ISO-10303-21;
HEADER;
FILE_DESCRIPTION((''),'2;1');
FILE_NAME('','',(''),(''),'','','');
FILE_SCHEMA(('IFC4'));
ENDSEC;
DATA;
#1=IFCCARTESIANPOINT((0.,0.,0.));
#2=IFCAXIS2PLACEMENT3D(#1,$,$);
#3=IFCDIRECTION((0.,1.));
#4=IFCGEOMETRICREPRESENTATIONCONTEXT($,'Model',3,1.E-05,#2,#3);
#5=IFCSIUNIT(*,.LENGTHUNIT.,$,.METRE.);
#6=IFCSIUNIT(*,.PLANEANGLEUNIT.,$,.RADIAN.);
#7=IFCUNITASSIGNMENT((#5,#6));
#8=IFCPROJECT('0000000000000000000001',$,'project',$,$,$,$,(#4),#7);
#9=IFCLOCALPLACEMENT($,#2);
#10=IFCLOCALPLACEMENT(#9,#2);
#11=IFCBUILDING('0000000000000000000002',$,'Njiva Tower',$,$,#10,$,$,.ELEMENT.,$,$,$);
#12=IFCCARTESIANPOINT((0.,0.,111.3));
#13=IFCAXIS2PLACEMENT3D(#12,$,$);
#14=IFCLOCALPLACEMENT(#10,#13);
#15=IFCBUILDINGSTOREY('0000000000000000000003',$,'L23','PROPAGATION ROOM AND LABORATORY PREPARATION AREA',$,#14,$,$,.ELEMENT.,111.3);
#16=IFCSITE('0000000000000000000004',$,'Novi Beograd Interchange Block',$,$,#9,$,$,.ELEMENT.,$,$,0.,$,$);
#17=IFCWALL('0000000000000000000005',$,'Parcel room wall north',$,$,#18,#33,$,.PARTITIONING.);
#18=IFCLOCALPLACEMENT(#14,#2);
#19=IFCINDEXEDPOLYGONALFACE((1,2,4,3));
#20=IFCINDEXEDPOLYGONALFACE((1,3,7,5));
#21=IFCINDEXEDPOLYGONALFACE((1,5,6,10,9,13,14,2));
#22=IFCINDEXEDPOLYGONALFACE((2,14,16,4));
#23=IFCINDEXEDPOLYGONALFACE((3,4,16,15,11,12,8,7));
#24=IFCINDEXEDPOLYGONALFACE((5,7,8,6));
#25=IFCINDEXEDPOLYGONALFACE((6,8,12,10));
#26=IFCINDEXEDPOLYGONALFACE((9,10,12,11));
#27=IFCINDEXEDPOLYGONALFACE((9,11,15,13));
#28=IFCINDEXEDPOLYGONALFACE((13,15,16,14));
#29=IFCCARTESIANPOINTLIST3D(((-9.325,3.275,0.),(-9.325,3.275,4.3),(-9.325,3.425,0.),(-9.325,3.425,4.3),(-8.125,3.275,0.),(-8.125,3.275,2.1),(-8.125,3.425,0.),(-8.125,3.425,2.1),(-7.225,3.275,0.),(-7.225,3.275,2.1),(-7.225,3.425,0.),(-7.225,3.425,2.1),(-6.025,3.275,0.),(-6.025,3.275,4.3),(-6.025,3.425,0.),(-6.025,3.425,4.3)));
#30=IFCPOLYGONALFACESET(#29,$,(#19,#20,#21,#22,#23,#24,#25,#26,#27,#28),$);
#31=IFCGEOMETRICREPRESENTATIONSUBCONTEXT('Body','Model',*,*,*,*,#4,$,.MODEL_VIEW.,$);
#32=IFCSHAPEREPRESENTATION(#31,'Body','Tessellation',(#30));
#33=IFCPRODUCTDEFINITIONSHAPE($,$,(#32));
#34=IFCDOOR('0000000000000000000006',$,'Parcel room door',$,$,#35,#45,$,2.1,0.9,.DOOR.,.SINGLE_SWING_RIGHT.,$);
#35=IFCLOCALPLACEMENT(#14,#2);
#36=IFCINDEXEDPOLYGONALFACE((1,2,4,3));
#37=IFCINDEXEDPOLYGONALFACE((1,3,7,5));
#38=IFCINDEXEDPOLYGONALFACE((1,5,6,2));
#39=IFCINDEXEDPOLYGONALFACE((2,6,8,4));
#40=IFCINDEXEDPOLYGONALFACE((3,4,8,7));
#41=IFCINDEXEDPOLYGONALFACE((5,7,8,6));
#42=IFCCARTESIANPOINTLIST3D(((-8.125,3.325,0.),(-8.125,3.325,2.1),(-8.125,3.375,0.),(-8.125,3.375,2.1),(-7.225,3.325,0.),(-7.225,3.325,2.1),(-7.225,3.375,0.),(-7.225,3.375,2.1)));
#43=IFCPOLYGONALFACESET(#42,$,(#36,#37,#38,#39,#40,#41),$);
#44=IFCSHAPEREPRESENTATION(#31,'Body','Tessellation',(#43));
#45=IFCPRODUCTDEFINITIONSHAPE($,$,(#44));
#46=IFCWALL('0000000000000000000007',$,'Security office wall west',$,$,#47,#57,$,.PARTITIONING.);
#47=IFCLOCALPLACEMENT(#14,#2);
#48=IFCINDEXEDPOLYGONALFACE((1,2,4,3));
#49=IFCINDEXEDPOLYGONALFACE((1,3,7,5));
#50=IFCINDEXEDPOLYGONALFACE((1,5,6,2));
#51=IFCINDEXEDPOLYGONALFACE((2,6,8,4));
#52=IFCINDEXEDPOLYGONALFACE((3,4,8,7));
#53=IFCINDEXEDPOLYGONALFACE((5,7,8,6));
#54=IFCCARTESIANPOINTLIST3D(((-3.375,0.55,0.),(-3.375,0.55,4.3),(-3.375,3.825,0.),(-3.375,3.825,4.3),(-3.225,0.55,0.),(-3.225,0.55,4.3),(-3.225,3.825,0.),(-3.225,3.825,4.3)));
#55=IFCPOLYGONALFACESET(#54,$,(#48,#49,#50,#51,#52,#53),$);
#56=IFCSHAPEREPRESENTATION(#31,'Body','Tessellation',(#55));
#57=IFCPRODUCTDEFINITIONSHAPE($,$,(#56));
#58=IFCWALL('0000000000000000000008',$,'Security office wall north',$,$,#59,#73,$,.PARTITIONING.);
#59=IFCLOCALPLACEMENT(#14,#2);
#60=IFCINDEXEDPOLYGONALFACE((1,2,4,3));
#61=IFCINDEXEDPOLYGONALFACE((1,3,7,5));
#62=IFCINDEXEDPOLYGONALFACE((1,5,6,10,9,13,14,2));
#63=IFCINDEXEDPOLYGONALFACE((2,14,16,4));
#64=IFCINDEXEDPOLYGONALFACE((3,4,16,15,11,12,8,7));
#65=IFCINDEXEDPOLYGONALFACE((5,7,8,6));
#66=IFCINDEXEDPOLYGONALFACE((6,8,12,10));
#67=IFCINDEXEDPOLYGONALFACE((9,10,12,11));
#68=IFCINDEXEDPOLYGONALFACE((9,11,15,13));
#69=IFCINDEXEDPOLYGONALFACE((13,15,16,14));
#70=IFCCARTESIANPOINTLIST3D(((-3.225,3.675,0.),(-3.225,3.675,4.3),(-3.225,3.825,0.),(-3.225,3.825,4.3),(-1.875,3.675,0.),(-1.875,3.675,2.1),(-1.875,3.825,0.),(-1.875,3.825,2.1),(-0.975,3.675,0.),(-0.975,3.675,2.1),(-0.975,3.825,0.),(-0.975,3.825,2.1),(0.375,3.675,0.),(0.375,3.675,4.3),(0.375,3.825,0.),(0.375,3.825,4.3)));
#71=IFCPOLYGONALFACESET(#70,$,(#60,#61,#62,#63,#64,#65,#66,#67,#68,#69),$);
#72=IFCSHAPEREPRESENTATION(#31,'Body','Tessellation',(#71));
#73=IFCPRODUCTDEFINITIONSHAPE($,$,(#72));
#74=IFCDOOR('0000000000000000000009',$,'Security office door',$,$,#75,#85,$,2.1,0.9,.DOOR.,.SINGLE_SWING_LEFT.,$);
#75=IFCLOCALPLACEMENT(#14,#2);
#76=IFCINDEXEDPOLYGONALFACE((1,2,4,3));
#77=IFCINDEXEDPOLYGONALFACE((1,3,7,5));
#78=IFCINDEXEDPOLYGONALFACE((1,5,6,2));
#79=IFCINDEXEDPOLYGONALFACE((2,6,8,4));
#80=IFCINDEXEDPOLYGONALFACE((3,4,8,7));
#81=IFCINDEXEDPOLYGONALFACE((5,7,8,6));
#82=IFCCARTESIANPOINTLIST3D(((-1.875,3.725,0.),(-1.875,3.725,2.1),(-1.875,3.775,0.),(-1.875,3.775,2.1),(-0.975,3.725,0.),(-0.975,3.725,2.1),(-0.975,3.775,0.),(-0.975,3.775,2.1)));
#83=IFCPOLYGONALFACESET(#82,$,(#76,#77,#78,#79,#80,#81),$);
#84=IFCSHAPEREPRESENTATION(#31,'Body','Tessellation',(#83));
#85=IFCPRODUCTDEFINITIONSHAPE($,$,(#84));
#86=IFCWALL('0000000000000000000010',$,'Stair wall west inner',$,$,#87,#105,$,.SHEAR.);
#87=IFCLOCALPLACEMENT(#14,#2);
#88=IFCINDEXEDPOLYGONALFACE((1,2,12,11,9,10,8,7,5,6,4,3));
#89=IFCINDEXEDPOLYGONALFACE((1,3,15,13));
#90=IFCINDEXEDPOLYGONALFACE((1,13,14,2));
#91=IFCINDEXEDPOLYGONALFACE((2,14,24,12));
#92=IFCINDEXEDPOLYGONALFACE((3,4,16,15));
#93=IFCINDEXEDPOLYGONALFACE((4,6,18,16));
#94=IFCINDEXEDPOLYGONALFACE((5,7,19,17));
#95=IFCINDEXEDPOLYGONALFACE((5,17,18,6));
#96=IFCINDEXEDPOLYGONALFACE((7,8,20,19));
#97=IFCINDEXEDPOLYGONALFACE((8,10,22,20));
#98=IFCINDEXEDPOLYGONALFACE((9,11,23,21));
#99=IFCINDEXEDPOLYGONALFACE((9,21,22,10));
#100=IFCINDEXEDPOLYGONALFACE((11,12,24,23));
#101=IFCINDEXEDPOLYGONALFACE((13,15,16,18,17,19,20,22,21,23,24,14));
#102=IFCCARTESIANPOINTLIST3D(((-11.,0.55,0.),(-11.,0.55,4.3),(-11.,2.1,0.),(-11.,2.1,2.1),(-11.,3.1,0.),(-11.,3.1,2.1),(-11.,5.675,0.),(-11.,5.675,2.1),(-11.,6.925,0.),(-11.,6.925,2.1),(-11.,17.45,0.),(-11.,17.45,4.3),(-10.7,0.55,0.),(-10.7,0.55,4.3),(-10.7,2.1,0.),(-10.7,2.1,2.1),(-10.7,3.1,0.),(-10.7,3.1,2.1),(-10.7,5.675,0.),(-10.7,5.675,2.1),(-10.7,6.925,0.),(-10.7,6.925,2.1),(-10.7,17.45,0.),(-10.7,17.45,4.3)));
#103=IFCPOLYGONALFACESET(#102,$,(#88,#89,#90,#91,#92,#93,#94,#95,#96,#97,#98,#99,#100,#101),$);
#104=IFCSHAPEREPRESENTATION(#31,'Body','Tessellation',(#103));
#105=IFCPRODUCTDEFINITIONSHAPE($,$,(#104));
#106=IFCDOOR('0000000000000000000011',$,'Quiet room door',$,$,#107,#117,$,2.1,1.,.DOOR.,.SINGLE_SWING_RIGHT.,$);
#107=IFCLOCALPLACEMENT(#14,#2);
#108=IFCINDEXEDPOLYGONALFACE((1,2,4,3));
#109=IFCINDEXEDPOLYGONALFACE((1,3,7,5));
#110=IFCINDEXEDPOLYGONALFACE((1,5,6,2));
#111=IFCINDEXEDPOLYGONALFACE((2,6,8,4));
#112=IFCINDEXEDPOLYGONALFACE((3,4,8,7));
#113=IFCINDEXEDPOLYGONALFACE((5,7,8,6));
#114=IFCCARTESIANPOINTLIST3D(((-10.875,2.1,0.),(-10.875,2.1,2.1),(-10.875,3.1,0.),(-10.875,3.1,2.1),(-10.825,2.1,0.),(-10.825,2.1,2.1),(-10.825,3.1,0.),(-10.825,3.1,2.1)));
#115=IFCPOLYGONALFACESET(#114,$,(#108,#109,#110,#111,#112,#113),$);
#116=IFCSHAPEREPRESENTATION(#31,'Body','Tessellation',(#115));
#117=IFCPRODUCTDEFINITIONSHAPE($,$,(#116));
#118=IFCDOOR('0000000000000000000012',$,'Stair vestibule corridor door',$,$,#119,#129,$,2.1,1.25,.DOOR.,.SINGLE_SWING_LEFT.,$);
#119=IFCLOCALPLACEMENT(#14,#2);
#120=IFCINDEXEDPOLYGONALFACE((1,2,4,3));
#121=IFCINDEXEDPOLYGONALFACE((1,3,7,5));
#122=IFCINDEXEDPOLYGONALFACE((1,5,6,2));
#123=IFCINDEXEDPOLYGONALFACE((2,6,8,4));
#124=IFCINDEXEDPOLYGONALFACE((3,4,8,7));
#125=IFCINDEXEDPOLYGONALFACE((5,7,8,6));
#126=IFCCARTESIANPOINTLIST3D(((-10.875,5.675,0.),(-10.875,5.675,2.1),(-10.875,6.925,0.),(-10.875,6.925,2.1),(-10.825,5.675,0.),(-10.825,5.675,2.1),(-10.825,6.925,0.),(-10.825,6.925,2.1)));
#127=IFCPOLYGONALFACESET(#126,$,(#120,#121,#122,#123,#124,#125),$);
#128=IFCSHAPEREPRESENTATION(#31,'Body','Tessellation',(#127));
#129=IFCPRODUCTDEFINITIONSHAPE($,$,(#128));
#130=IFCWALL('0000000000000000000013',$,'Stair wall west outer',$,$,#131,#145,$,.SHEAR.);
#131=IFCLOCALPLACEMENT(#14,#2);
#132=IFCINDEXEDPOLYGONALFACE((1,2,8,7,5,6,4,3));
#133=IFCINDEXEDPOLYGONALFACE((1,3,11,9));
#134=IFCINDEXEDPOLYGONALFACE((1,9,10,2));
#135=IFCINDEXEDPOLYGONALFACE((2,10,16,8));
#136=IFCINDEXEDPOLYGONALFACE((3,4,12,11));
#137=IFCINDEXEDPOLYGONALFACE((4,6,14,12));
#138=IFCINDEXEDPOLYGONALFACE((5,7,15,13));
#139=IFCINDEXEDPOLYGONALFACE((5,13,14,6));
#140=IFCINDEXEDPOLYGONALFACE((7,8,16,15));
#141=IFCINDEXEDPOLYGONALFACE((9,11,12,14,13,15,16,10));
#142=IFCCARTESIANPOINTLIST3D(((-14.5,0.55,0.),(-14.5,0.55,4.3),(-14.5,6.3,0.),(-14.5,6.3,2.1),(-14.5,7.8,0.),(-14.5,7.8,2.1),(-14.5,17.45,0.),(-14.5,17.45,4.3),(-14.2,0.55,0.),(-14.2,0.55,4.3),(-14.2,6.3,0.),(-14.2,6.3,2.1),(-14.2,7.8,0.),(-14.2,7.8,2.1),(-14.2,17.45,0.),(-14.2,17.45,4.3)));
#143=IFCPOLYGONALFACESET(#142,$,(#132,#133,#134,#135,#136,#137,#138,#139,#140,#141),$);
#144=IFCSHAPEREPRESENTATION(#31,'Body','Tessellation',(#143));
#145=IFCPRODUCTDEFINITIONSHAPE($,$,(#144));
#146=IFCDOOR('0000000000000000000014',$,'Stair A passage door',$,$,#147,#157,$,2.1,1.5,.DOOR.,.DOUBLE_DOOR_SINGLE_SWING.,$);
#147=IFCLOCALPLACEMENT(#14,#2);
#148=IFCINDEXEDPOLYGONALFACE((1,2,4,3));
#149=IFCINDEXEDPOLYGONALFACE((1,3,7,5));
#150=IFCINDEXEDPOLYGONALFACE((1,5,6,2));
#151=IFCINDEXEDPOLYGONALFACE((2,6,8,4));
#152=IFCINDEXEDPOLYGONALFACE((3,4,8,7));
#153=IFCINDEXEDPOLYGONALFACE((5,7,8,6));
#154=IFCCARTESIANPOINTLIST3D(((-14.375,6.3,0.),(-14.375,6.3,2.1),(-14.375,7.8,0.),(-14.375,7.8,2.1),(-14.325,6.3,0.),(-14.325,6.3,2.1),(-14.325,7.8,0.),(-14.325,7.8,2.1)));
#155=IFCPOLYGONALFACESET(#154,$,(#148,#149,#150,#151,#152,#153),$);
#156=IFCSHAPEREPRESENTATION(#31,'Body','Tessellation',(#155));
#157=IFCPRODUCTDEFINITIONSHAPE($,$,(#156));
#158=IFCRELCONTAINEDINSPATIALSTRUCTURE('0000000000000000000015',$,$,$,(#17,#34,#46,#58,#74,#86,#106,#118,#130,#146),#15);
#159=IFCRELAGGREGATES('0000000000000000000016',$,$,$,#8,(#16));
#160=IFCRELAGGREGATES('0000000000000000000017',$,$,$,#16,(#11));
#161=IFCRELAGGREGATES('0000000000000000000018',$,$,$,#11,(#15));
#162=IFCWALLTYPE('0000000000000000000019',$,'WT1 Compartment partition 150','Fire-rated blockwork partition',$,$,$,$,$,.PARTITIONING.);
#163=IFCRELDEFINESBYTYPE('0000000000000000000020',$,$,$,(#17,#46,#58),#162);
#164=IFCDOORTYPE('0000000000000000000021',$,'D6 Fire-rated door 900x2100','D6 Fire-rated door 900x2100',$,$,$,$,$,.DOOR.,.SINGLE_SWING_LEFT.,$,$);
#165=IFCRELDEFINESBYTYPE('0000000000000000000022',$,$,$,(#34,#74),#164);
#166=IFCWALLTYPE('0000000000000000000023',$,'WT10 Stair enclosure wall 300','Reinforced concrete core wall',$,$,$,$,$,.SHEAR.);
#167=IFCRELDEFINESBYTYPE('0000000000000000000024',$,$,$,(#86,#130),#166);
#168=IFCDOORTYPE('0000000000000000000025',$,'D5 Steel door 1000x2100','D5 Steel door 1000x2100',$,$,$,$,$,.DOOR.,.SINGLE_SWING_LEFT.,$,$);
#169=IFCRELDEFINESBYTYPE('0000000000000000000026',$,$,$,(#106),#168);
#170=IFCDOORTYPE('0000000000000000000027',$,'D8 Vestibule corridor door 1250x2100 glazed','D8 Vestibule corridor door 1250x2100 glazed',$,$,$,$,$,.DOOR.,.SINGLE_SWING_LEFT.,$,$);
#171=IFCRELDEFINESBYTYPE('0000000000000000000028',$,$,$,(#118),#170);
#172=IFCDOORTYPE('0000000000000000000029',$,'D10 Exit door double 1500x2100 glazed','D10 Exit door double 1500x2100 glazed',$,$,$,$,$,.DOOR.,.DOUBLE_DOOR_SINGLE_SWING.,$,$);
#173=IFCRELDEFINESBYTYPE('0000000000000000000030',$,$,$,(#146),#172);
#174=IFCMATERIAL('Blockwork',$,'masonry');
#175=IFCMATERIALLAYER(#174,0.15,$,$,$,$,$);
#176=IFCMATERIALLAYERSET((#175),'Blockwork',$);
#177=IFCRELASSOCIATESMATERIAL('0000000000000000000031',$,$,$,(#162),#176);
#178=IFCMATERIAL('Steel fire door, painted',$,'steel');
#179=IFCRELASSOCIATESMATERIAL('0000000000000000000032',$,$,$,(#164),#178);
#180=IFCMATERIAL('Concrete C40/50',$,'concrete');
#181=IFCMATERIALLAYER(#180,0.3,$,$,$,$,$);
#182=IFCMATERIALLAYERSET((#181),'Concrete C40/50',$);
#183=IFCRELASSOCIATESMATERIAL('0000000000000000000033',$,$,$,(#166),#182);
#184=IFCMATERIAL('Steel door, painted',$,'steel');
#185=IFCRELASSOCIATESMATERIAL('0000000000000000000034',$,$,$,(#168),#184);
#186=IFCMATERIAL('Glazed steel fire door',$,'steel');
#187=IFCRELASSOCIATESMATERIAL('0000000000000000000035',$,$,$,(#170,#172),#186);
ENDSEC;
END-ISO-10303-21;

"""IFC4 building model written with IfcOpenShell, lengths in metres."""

from ifc_helpers import new_model, si_unit, direction, frame, frame_2d, origin, place, context, subcontext, project, spatial, rectangle, extrude, material, layer, layer_set, type_object, element, fill, save


model = new_model("IFC4")

# Units and contexts
model_context = context("Model", 3, precision=1e-05, world=origin(), true_north=direction((0.0, 1.0)))
body_context = subcontext(model_context, "Body", "Model", "MODEL_VIEW")
ifc_project = project(units=[si_unit("LENGTHUNIT", "METRE"), si_unit("PLANEANGLEUNIT", "RADIAN")], contexts=[model_context])

# Site, building, storey
site_placement = place(None, origin())
site = spatial("IfcSite", under=ifc_project, at=site_placement, Name="Novi Beograd Interchange Block", CompositionType="ELEMENT", RefElevation=0.0)
building_placement = place(site_placement, origin())
building = spatial("IfcBuilding", under=site, at=building_placement, Name="Njiva Tower", CompositionType="ELEMENT")
storey_placement = place(building_placement, frame((0.0, 0.0, 111.3)))
storey = spatial("IfcBuildingStorey", under=building, at=storey_placement, Name="L23", Description="PROPAGATION ROOM AND LABORATORY PREPARATION AREA", CompositionType="ELEMENT", Elevation=111.3)

# Shared definitions
ifc_material_1 = material(Name="Blockwork", Category="masonry")
ifc_layer_1 = layer(ifc_material_1, 0.15)
ifc_layer_set_1 = layer_set([ifc_layer_1], Name="Blockwork")
wall_type_1 = type_object("IfcWallType", Name="WT1 Compartment partition 150", Description="Fire-rated blockwork partition", PredefinedType="PARTITIONING", material=ifc_layer_set_1)

# Wall, opening, door
wall_1_placement = place(storey_placement, frame((-9.325, 3.35, 0.0), z_axis=(0.0, 0.0, 1.0), x_axis=(1.0, 0.0, 0.0)))
wall_1 = element("IfcWall", 1, at=wall_1_placement, inside=storey, type_object=wall_type_1, Name="Parcel room wall north", PredefinedType="PARTITIONING", context=body_context, shape_type="SweptSolid", body=[
    extrude(rectangle(XDim=3.3, YDim=0.15, at=frame_2d((1.65, 0.0))), origin(), (0.0, 0.0, 1.0), 4.3),
])
opening_1_placement = place(wall_1_placement, frame((1.2, 0.0, 0.0)))
opening_1 = element("IfcOpeningElement", 2, at=opening_1_placement, cuts=wall_1, PredefinedType="OPENING", context=body_context, shape_type="SweptSolid", body=[
    extrude(rectangle(XDim=0.9, YDim=2.1, at=frame_2d((0.45, 1.05))), frame((0.0, 0.085, 0.0), z_axis=(0.0, -1.0, 0.0), x_axis=(1.0, 0.0, 0.0)), (0.0, 0.0, 1.0), 0.17),
])
ifc_material_2 = material(Name="Steel fire door, painted", Category="steel")
door_type_1 = type_object("IfcDoorType", Name="D6 Fire-rated door 900x2100", Description="D6 Fire-rated door 900x2100", OperationType="SINGLE_SWING_LEFT", PredefinedType="DOOR", material=ifc_material_2)
door_1_placement = place(opening_1_placement, origin())
door_1 = element("IfcDoor", 3, at=door_1_placement, inside=storey, type_object=door_type_1, Name="Parcel room door", OperationType="SINGLE_SWING_RIGHT", OverallHeight=2.1, OverallWidth=0.9, PredefinedType="DOOR", context=body_context, shape_type="SweptSolid", body=[
    extrude(rectangle(XDim=0.9, YDim=2.1, at=frame_2d((0.45, 1.05))), frame((0.0, 0.025, 0.0), z_axis=(0.0, -1.0, 0.0), x_axis=(1.0, 0.0, 0.0)), (0.0, 0.0, 1.0), 0.05),
])
fill(opening_1, door_1)

# Wall
wall_2_placement = place(storey_placement, frame((-3.3, 0.55, 0.0), z_axis=(0.0, 0.0, 1.0), x_axis=(0.0, 1.0, 0.0)))
element("IfcWall", 4, at=wall_2_placement, inside=storey, type_object=wall_type_1, Name="Security office wall west", PredefinedType="PARTITIONING", context=body_context, shape_type="SweptSolid", body=[
    extrude(rectangle(XDim=3.275, YDim=0.15, at=frame_2d((1.6375, 0.0))), origin(), (0.0, 0.0, 1.0), 4.3),
])

# Wall, opening, door
wall_3_placement = place(storey_placement, frame((-3.225, 3.75, 0.0), z_axis=(0.0, 0.0, 1.0), x_axis=(1.0, 0.0, 0.0)))
wall_3 = element("IfcWall", 5, at=wall_3_placement, inside=storey, type_object=wall_type_1, Name="Security office wall north", PredefinedType="PARTITIONING", context=body_context, shape_type="SweptSolid", body=[
    extrude(rectangle(XDim=3.6, YDim=0.15, at=frame_2d((1.8, 0.0))), origin(), (0.0, 0.0, 1.0), 4.3),
])
opening_2_placement = place(wall_3_placement, frame((1.35, 0.0, 0.0)))
opening_2 = element("IfcOpeningElement", 6, at=opening_2_placement, cuts=wall_3, PredefinedType="OPENING", context=body_context, shape_type="SweptSolid", body=[
    extrude(rectangle(XDim=0.9, YDim=2.1, at=frame_2d((0.45, 1.05))), frame((0.0, 0.085, 0.0), z_axis=(0.0, -1.0, 0.0), x_axis=(1.0, 0.0, 0.0)), (0.0, 0.0, 1.0), 0.17),
])
door_2_placement = place(opening_2_placement, origin())
door_2 = element("IfcDoor", 7, at=door_2_placement, inside=storey, type_object=door_type_1, Name="Security office door", OperationType="SINGLE_SWING_LEFT", OverallHeight=2.1, OverallWidth=0.9, PredefinedType="DOOR", context=body_context, shape_type="SweptSolid", body=[
    extrude(rectangle(XDim=0.9, YDim=2.1, at=frame_2d((0.45, 1.05))), frame((0.0, 0.025, 0.0), z_axis=(0.0, -1.0, 0.0), x_axis=(1.0, 0.0, 0.0)), (0.0, 0.0, 1.0), 0.05),
])
fill(opening_2, door_2)

# Wall, openings, doors
ifc_material_3 = material(Name="Concrete C40/50", Category="concrete")
ifc_layer_2 = layer(ifc_material_3, 0.3)
ifc_layer_set_2 = layer_set([ifc_layer_2], Name="Concrete C40/50")
wall_type_2 = type_object("IfcWallType", Name="WT10 Stair enclosure wall 300", Description="Reinforced concrete core wall", PredefinedType="SHEAR", material=ifc_layer_set_2)
wall_4_placement = place(storey_placement, frame((-10.85, 0.55, 0.0), z_axis=(0.0, 0.0, 1.0), x_axis=(0.0, 1.0, 0.0)))
wall_4 = element("IfcWall", 8, at=wall_4_placement, inside=storey, type_object=wall_type_2, Name="Stair wall west inner", PredefinedType="SHEAR", context=body_context, shape_type="SweptSolid", body=[
    extrude(rectangle(XDim=16.9, YDim=0.3, at=frame_2d((8.45, 0.0))), origin(), (0.0, 0.0, 1.0), 4.3),
])
opening_3_placement = place(wall_4_placement, frame((5.125, 0.0, 0.0)))
opening_3 = element("IfcOpeningElement", 9, at=opening_3_placement, cuts=wall_4, PredefinedType="OPENING", context=body_context, shape_type="SweptSolid", body=[
    extrude(rectangle(XDim=1.25, YDim=2.1, at=frame_2d((0.625, 1.05))), frame((0.0, 0.16, 0.0), z_axis=(0.0, -1.0, 0.0), x_axis=(1.0, 0.0, 0.0)), (0.0, 0.0, 1.0), 0.32),
])
opening_4_placement = place(wall_4_placement, frame((1.55, 0.0, 0.0)))
opening_4 = element("IfcOpeningElement", 10, at=opening_4_placement, cuts=wall_4, PredefinedType="OPENING", context=body_context, shape_type="SweptSolid", body=[
    extrude(rectangle(XDim=1.0, YDim=2.1, at=frame_2d((0.5, 1.05))), frame((0.0, 0.16, 0.0), z_axis=(0.0, -1.0, 0.0), x_axis=(1.0, 0.0, 0.0)), (0.0, 0.0, 1.0), 0.32),
])
ifc_material_4 = material(Name="Steel door, painted", Category="steel")
door_type_2 = type_object("IfcDoorType", Name="D5 Steel door 1000x2100", Description="D5 Steel door 1000x2100", OperationType="SINGLE_SWING_LEFT", PredefinedType="DOOR", material=ifc_material_4)
door_3_placement = place(opening_4_placement, origin())
door_3 = element("IfcDoor", 11, at=door_3_placement, inside=storey, type_object=door_type_2, Name="Quiet room door", OperationType="SINGLE_SWING_RIGHT", OverallHeight=2.1, OverallWidth=1.0, PredefinedType="DOOR", context=body_context, shape_type="SweptSolid", body=[
    extrude(rectangle(XDim=1.0, YDim=2.1, at=frame_2d((0.5, 1.05))), frame((0.0, 0.025, 0.0), z_axis=(0.0, -1.0, 0.0), x_axis=(1.0, 0.0, 0.0)), (0.0, 0.0, 1.0), 0.05),
])
fill(opening_4, door_3)
ifc_material_5 = material(Name="Glazed steel fire door", Category="steel")
door_type_3 = type_object("IfcDoorType", Name="D8 Vestibule corridor door 1250x2100 glazed", Description="D8 Vestibule corridor door 1250x2100 glazed", OperationType="SINGLE_SWING_LEFT", PredefinedType="DOOR", material=ifc_material_5)
door_4_placement = place(opening_3_placement, origin())
door_4 = element("IfcDoor", 12, at=door_4_placement, inside=storey, type_object=door_type_3, Name="Stair vestibule corridor door", OperationType="SINGLE_SWING_LEFT", OverallHeight=2.1, OverallWidth=1.25, PredefinedType="DOOR", context=body_context, shape_type="SweptSolid", body=[
    extrude(rectangle(XDim=1.25, YDim=2.1, at=frame_2d((0.625, 1.05))), frame((0.0, 0.025, 0.0), z_axis=(0.0, -1.0, 0.0), x_axis=(1.0, 0.0, 0.0)), (0.0, 0.0, 1.0), 0.05),
])
fill(opening_3, door_4)

# Wall, opening, door
wall_5_placement = place(storey_placement, frame((-14.35, 0.55, 0.0), z_axis=(0.0, 0.0, 1.0), x_axis=(0.0, 1.0, 0.0)))
wall_5 = element("IfcWall", 13, at=wall_5_placement, inside=storey, type_object=wall_type_2, Name="Stair wall west outer", PredefinedType="SHEAR", context=body_context, shape_type="SweptSolid", body=[
    extrude(rectangle(XDim=16.9, YDim=0.3, at=frame_2d((8.45, 0.0))), origin(), (0.0, 0.0, 1.0), 4.3),
])
opening_5_placement = place(wall_5_placement, frame((5.75, 0.0, 0.0)))
opening_5 = element("IfcOpeningElement", 14, at=opening_5_placement, cuts=wall_5, PredefinedType="OPENING", context=body_context, shape_type="SweptSolid", body=[
    extrude(rectangle(XDim=1.5, YDim=2.1, at=frame_2d((0.75, 1.05))), frame((0.0, 0.16, 0.0), z_axis=(0.0, -1.0, 0.0), x_axis=(1.0, 0.0, 0.0)), (0.0, 0.0, 1.0), 0.32),
])
door_type_4 = type_object("IfcDoorType", Name="D10 Exit door double 1500x2100 glazed", Description="D10 Exit door double 1500x2100 glazed", OperationType="DOUBLE_DOOR_SINGLE_SWING", PredefinedType="DOOR", material=ifc_material_5)
door_5_placement = place(opening_5_placement, origin())
door_5 = element("IfcDoor", 15, at=door_5_placement, inside=storey, type_object=door_type_4, Name="Stair A passage door", OperationType="DOUBLE_DOOR_SINGLE_SWING", OverallHeight=2.1, OverallWidth=1.5, PredefinedType="DOOR", context=body_context, shape_type="SweptSolid", body=[
    extrude(rectangle(XDim=1.5, YDim=2.1, at=frame_2d((0.75, 1.05))), frame((0.0, 0.025, 0.0), z_axis=(0.0, -1.0, 0.0), x_axis=(1.0, 0.0, 0.0)), (0.0, 0.0, 1.0), 0.05),
])
fill(opening_5, door_5)

save(model, "model.ifc")
